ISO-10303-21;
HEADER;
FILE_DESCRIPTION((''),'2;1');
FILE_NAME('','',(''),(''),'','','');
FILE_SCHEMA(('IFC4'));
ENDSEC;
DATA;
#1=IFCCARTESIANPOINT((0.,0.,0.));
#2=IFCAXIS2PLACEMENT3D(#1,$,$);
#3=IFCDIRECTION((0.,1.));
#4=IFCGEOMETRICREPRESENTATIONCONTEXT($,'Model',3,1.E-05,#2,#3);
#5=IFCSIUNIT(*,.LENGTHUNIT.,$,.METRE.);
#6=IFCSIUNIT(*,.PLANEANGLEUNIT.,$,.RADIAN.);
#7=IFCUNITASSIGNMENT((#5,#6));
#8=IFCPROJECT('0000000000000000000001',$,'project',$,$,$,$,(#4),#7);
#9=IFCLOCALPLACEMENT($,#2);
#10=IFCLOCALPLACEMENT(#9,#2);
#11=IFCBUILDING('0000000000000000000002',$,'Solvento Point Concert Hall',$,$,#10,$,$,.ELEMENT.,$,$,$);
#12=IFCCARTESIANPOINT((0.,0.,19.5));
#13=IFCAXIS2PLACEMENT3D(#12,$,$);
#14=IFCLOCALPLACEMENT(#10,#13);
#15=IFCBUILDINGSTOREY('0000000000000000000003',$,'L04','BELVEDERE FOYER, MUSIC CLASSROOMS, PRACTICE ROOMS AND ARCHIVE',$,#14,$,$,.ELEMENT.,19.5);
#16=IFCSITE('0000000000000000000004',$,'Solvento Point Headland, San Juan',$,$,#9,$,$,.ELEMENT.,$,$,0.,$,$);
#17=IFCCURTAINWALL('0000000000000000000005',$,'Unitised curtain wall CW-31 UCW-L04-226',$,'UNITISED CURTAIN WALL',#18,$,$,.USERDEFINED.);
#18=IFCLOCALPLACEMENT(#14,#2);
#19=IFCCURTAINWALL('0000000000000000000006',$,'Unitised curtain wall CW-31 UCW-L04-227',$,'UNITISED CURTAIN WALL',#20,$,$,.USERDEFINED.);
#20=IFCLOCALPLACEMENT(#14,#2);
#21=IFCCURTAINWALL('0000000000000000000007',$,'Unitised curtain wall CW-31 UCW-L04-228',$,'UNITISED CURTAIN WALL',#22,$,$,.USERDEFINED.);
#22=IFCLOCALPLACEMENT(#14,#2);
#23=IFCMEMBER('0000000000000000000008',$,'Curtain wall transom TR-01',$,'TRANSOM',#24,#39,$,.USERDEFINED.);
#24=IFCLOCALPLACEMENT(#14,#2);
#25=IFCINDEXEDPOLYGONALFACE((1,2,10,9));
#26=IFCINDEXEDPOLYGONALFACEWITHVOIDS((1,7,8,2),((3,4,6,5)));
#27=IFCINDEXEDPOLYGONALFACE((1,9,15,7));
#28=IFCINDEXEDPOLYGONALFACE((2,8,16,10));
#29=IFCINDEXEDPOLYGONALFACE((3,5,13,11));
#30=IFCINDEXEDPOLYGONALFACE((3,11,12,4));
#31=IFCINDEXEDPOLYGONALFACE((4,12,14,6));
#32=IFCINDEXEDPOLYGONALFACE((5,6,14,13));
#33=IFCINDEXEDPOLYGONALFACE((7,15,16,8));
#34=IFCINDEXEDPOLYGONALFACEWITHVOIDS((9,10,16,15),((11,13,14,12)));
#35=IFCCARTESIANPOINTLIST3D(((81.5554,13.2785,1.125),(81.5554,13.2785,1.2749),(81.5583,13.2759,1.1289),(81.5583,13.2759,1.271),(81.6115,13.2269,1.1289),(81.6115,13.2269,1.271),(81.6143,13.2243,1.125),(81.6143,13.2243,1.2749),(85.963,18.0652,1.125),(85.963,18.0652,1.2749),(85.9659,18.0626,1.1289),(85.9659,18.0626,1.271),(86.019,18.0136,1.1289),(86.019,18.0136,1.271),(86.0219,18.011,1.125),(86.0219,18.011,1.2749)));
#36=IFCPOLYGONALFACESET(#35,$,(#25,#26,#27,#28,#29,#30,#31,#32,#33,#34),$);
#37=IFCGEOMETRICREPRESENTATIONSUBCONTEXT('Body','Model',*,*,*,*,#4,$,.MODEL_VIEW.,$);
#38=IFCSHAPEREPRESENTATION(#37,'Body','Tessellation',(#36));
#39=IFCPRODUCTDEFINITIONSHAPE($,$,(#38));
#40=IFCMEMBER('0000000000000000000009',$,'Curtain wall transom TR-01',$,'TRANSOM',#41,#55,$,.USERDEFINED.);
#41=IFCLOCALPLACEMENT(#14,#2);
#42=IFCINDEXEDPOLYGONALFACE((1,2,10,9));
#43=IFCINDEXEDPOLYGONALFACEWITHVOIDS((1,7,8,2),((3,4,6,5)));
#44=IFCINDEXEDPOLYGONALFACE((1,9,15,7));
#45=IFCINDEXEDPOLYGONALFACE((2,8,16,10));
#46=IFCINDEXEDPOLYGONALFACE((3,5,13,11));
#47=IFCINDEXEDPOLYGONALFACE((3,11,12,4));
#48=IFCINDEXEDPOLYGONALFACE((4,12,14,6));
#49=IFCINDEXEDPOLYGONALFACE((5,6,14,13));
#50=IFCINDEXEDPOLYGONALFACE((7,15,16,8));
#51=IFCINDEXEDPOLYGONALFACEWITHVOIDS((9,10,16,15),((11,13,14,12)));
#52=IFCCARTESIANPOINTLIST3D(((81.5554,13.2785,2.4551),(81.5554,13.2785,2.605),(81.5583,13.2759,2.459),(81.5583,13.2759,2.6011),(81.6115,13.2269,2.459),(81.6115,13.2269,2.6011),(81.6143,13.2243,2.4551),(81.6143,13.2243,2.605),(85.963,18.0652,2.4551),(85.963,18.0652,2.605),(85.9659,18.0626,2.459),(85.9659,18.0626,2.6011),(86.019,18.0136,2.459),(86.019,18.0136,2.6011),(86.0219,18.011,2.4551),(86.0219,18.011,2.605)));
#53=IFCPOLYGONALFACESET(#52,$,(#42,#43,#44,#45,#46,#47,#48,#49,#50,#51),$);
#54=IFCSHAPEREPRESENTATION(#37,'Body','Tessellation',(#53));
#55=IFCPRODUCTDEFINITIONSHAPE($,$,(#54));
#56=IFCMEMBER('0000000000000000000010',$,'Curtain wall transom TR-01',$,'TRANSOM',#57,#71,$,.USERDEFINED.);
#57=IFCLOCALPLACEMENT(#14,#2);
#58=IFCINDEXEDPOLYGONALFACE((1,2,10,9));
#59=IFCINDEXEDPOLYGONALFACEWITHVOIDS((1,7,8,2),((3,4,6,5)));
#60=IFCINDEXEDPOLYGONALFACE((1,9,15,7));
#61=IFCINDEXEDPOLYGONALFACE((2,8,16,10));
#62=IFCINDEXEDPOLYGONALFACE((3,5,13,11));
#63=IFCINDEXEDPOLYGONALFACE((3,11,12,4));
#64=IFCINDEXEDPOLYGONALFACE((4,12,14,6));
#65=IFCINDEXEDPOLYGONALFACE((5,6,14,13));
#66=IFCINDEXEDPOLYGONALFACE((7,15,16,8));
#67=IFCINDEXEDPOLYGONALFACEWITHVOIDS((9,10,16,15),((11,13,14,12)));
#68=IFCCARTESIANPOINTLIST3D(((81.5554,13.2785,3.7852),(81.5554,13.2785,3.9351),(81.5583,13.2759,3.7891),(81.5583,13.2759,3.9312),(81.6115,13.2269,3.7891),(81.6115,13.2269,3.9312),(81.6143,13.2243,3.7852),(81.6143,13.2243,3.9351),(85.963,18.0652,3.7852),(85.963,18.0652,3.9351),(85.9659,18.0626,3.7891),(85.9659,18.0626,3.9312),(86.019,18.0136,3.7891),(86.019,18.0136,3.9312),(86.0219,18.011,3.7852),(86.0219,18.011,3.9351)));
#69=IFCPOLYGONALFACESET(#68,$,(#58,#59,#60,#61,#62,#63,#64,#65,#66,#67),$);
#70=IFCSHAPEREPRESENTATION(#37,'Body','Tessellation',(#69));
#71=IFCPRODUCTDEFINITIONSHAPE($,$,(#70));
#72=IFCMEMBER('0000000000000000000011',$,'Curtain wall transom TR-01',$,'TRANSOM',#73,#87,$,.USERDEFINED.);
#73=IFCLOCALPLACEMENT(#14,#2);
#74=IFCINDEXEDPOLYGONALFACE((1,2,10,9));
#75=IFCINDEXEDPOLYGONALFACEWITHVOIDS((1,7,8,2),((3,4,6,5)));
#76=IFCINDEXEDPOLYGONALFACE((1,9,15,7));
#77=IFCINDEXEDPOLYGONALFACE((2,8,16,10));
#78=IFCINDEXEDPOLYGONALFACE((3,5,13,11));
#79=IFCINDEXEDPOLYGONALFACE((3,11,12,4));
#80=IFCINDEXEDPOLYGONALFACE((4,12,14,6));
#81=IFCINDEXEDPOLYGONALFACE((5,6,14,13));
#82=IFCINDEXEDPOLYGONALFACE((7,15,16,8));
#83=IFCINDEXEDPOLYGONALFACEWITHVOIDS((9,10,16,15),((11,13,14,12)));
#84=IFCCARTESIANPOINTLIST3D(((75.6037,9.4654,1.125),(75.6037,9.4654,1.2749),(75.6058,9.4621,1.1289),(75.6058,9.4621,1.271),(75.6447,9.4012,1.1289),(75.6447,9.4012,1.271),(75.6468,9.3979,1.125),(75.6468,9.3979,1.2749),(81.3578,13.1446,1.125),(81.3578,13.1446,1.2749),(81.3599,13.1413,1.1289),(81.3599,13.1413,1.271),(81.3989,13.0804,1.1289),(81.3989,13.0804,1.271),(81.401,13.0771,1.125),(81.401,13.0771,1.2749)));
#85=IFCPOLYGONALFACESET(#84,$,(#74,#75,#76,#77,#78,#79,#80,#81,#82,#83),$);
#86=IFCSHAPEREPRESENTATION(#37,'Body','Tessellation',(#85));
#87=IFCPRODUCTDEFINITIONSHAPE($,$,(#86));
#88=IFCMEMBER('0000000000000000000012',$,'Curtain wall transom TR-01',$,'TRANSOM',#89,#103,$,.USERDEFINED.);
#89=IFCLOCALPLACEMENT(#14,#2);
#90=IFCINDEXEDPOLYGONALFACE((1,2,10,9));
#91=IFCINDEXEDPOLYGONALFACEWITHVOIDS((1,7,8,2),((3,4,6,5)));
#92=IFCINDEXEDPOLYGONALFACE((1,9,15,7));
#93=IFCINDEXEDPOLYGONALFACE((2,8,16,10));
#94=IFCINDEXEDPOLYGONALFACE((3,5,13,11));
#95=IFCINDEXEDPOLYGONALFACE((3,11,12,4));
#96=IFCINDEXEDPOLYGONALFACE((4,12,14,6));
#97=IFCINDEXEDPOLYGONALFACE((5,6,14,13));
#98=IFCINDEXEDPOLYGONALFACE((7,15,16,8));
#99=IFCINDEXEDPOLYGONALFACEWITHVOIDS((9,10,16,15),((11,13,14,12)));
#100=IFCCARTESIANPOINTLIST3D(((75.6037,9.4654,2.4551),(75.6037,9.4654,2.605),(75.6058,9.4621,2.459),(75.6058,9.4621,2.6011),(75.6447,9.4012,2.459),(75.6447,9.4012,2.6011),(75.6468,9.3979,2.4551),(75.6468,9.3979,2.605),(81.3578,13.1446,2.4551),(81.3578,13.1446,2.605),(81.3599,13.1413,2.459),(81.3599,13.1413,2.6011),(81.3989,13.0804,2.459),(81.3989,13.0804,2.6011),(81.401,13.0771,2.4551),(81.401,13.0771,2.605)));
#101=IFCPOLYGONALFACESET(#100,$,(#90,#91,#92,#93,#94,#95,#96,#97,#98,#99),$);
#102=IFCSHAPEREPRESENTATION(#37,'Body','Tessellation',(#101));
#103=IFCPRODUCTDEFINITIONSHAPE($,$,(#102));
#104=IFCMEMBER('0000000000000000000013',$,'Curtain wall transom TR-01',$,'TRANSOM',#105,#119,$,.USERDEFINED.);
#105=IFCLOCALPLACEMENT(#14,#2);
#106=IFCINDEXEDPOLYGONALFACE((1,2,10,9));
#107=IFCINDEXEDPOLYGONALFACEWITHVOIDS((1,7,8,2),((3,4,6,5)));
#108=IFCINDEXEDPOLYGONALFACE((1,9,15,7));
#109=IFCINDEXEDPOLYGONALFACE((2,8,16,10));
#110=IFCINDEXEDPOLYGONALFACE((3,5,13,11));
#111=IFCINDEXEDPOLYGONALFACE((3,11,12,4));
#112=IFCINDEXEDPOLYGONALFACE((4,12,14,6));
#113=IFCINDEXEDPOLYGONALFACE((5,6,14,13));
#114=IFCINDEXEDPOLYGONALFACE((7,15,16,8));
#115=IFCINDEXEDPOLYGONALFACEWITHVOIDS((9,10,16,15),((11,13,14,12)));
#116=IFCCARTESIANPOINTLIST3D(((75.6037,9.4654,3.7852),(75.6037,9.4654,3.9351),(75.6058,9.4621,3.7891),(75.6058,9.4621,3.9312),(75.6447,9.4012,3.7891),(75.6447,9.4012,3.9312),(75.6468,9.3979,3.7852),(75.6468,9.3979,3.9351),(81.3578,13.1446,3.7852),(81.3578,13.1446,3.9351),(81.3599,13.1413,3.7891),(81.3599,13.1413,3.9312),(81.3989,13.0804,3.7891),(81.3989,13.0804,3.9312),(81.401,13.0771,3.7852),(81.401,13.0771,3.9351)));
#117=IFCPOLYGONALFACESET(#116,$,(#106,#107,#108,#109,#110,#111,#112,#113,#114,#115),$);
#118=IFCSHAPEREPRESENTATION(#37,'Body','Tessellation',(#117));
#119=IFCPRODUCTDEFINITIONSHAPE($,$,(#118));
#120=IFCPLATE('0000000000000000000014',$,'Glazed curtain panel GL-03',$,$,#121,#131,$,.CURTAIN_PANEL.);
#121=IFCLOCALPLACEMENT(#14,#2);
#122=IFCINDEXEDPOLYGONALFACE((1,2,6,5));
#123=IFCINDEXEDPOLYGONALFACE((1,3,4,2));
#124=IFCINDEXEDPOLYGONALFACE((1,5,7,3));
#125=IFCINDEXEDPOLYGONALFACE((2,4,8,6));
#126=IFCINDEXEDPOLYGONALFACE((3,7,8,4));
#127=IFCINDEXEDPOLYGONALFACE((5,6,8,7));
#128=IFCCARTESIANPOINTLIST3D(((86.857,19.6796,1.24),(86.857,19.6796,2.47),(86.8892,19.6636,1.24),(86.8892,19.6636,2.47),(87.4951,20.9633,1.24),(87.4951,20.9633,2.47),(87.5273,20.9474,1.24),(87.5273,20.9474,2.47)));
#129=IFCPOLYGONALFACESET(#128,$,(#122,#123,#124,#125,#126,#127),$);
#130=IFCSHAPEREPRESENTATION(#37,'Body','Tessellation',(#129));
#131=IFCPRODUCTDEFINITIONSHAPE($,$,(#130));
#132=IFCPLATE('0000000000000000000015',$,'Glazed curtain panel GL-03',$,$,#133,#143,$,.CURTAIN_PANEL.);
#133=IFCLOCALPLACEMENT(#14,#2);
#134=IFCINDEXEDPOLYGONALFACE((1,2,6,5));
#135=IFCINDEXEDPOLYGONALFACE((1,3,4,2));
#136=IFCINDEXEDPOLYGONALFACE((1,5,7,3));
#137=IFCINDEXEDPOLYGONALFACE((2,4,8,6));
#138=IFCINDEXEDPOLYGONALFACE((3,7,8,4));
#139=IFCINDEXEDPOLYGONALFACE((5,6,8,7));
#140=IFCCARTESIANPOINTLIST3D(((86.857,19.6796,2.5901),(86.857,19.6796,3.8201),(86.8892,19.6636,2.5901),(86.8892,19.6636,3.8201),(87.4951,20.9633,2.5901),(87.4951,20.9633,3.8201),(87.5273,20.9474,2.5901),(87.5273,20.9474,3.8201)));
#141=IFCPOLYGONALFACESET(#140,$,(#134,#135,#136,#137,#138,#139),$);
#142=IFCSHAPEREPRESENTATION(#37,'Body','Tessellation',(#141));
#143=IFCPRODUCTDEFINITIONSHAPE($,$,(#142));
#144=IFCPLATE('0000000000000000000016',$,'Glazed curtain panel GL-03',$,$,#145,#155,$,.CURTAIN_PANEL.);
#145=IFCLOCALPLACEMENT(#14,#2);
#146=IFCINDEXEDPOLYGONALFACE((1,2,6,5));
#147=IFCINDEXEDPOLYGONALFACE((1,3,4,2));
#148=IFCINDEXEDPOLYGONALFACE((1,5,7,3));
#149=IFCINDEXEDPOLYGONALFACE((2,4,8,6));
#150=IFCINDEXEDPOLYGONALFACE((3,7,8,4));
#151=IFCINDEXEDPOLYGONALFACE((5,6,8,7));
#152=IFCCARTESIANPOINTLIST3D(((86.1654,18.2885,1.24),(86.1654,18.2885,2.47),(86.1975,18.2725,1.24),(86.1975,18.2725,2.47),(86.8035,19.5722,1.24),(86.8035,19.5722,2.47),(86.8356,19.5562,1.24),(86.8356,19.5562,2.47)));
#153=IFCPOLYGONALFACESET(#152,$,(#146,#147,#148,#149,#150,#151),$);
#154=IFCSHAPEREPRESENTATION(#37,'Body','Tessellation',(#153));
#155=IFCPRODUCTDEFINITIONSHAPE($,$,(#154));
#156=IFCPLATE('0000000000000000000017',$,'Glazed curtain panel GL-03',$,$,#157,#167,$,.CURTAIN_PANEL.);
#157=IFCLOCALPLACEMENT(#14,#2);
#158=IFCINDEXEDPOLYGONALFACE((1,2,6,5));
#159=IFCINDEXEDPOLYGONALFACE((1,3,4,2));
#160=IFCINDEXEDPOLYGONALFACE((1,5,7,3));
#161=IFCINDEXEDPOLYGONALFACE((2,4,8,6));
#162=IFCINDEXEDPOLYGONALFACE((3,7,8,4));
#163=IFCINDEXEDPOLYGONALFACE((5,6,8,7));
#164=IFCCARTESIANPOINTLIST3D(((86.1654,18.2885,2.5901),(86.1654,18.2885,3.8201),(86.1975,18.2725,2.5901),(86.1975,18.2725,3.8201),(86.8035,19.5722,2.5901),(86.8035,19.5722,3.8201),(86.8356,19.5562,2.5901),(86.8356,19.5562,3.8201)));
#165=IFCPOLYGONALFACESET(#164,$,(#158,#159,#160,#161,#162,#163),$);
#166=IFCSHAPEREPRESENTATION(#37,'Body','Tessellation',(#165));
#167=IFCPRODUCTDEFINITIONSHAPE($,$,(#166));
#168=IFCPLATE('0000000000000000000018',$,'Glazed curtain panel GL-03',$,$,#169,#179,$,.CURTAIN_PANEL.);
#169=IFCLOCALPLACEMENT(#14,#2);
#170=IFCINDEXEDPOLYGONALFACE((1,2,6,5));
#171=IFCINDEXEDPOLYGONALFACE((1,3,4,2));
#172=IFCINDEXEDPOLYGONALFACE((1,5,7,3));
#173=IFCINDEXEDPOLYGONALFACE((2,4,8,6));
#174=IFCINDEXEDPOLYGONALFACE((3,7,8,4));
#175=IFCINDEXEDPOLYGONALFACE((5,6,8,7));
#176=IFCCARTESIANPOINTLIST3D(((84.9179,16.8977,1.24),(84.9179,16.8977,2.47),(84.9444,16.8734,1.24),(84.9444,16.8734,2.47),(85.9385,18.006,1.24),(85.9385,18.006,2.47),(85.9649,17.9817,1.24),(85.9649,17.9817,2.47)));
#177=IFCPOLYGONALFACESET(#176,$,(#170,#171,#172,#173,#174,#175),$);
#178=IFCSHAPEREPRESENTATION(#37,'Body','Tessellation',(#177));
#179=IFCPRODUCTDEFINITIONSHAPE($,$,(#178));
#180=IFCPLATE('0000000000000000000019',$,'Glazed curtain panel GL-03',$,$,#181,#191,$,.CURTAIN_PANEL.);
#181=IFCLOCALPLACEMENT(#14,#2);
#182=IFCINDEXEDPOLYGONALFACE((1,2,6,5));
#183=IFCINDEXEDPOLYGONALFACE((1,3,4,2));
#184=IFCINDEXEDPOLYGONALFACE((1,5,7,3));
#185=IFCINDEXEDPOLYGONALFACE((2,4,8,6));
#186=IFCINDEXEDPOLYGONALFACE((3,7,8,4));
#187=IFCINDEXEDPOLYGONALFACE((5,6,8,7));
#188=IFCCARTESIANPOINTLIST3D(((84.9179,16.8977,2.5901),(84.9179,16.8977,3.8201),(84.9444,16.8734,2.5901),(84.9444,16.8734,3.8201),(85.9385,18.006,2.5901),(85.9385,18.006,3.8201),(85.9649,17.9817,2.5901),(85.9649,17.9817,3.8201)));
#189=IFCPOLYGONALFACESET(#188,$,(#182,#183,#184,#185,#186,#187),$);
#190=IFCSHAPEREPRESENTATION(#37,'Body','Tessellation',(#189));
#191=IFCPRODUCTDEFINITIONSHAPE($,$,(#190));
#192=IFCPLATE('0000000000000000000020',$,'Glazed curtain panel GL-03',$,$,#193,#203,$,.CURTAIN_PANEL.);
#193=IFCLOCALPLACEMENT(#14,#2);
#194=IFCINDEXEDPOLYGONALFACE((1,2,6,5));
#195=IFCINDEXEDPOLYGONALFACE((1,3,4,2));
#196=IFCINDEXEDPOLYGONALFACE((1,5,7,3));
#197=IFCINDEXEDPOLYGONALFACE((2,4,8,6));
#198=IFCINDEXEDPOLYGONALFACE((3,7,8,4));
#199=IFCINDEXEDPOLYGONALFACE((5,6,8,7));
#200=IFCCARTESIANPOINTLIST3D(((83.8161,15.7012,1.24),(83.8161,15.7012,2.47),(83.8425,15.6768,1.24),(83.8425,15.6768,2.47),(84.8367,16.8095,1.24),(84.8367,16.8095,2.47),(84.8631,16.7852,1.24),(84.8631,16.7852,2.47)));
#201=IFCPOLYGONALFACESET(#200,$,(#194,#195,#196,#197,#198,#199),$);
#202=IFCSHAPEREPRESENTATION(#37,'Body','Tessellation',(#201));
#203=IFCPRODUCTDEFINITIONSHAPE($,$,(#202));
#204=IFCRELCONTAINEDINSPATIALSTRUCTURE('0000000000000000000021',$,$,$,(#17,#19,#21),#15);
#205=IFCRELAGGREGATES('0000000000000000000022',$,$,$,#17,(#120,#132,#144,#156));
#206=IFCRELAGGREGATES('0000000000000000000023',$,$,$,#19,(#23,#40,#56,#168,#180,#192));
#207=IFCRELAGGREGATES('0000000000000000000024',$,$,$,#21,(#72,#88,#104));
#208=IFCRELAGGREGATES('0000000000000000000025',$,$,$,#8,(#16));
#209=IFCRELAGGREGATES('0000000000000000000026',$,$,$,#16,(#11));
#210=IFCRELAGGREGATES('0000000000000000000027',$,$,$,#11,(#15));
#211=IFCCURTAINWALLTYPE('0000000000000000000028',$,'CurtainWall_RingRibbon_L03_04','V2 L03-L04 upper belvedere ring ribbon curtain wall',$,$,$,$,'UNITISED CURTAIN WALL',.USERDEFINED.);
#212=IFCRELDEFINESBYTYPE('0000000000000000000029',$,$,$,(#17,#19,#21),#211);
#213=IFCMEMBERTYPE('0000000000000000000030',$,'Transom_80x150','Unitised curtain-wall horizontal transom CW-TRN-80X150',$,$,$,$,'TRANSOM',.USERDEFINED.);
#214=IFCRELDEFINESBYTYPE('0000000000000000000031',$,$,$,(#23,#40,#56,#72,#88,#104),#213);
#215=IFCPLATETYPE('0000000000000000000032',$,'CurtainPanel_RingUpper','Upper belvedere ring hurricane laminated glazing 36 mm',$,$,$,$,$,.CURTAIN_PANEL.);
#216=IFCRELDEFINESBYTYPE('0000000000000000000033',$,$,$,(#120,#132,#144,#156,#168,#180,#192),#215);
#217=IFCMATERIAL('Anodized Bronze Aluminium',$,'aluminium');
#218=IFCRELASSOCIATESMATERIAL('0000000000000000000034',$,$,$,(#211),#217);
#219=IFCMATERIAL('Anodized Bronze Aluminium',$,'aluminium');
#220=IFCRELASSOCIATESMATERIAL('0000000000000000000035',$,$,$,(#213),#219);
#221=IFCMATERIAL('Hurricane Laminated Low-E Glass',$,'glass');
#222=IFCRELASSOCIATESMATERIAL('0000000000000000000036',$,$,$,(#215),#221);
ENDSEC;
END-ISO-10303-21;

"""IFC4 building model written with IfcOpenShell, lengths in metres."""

from ifc_helpers import new_model, si_unit, direction, frame, origin, origin_2d, place, context, subcontext, project, spatial, rectangle, hollow_rectangle, extrude, material, material_profile, profile_set, type_object, element, aggregate, save


model = new_model("IFC4")

# Units and contexts
model_context = context("Model", 3, precision=1e-05, world=origin(), true_north=direction((0.0, 1.0)))
body_context = subcontext(model_context, "Body", "Model", "MODEL_VIEW")
ifc_project = project(units=[si_unit("LENGTHUNIT", "METRE"), si_unit("PLANEANGLEUNIT", "RADIAN")], contexts=[model_context])

# Site, building, storey
site_placement = place(None, origin())
site = spatial("IfcSite", under=ifc_project, at=site_placement, Name="Solvento Point Headland, San Juan", CompositionType="ELEMENT", RefElevation=0.0)
building_placement = place(site_placement, origin())
building = spatial("IfcBuilding", under=site, at=building_placement, Name="Solvento Point Concert Hall", CompositionType="ELEMENT")
storey_placement = place(building_placement, frame((0.0, 0.0, 19.5)))
storey = spatial("IfcBuildingStorey", under=building, at=storey_placement, Name="L04", Description="BELVEDERE FOYER, MUSIC CLASSROOMS, PRACTICE ROOMS AND ARCHIVE", CompositionType="ELEMENT", Elevation=19.5)

# Curtain walls
ifc_material_1 = material(Name="Anodized Bronze Aluminium", Category="aluminium")
curtain_wall_type = type_object("IfcCurtainWallType", Name="CurtainWall_RingRibbon_L03_04", Description="V2 L03-L04 upper belvedere ring ribbon curtain wall", ElementType="UNITISED CURTAIN WALL", PredefinedType="USERDEFINED", material=ifc_material_1)
curtain_wall_1_placement = place(storey_placement, origin())
curtain_wall_1 = element("IfcCurtainWall", 1, at=curtain_wall_1_placement, inside=storey, type_object=curtain_wall_type, Name="Unitised curtain wall CW-31 UCW-L04-226", ObjectType="UNITISED CURTAIN WALL", PredefinedType="USERDEFINED")
curtain_wall_2_placement = place(storey_placement, origin())
curtain_wall_2 = element("IfcCurtainWall", 2, at=curtain_wall_2_placement, inside=storey, type_object=curtain_wall_type, Name="Unitised curtain wall CW-31 UCW-L04-227", ObjectType="UNITISED CURTAIN WALL", PredefinedType="USERDEFINED")
curtain_wall_3_placement = place(storey_placement, origin())
curtain_wall_3 = element("IfcCurtainWall", 3, at=curtain_wall_3_placement, inside=storey, type_object=curtain_wall_type, Name="Unitised curtain wall CW-31 UCW-L04-228", ObjectType="UNITISED CURTAIN WALL", PredefinedType="USERDEFINED")

# Members
ifc_material_2 = material(Name="Anodized Bronze Aluminium", Category="aluminium")
ifc_material_profile_1 = material_profile(ifc_material_2, hollow_rectangle(XDim=0.0801, YDim=0.1499, WallThickness=0.0039, at=origin_2d()), Name="CW-TRN-80X150")
ifc_profile_set_1 = profile_set([ifc_material_profile_1], Name="Anodized Bronze Aluminium")
member_type_1 = type_object("IfcMemberType", Name="Transom_80x150", Description="Unitised curtain-wall horizontal transom CW-TRN-80X150", ElementType="TRANSOM", PredefinedType="USERDEFINED", material=ifc_profile_set_1)
member_1_placement = place(storey_placement, frame((85.9924, 18.0381, 1.2), z_axis=(-0.677371, -0.735642, 0.0), x_axis=(0.735642, -0.677371, 0.0)))
member_1 = element("IfcMember", 4, at=member_1_placement, type_object=member_type_1, Name="Curtain wall transom TR-01", ObjectType="TRANSOM", PredefinedType="USERDEFINED", context=body_context, shape_type="SweptSolid", body=[
    extrude(hollow_rectangle(XDim=0.0801, YDim=0.1499, WallThickness=0.0039, at=origin_2d()), origin(), (0.0, 0.0, 1.0), 6.5068),
])
member_2_placement = place(storey_placement, frame((85.9924, 18.0381, 2.53), z_axis=(-0.677371, -0.735642, 0.0), x_axis=(0.735642, -0.677371, 0.0)))
member_2 = element("IfcMember", 5, at=member_2_placement, type_object=member_type_1, Name="Curtain wall transom TR-01", ObjectType="TRANSOM", PredefinedType="USERDEFINED", context=body_context, shape_type="SweptSolid", body=[
    extrude(hollow_rectangle(XDim=0.0801, YDim=0.1499, WallThickness=0.0039, at=origin_2d()), origin(), (0.0, 0.0, 1.0), 6.5068),
])
member_3_placement = place(storey_placement, frame((85.9924, 18.0381, 3.8601), z_axis=(-0.677371, -0.735642, 0.0), x_axis=(0.735642, -0.677371, 0.0)))
member_3 = element("IfcMember", 6, at=member_3_placement, type_object=member_type_1, Name="Curtain wall transom TR-01", ObjectType="TRANSOM", PredefinedType="USERDEFINED", context=body_context, shape_type="SweptSolid", body=[
    extrude(hollow_rectangle(XDim=0.0801, YDim=0.1499, WallThickness=0.0039, at=origin_2d()), origin(), (0.0, 0.0, 1.0), 6.5068),
])
member_4_placement = place(storey_placement, frame((81.3794, 13.1108, 1.2), z_axis=(-0.842501, -0.538695, 0.0), x_axis=(0.538695, -0.842501, 0.0)))
member_4 = element("IfcMember", 7, at=member_4_placement, type_object=member_type_1, Name="Curtain wall transom TR-01", ObjectType="TRANSOM", PredefinedType="USERDEFINED", context=body_context, shape_type="SweptSolid", body=[
    extrude(hollow_rectangle(XDim=0.0801, YDim=0.1499, WallThickness=0.0039, at=origin_2d()), origin(), (0.0, 0.0, 1.0), 6.8298),
])
member_5_placement = place(storey_placement, frame((81.3794, 13.1108, 2.53), z_axis=(-0.842501, -0.538695, 0.0), x_axis=(0.538695, -0.842501, 0.0)))
member_5 = element("IfcMember", 8, at=member_5_placement, type_object=member_type_1, Name="Curtain wall transom TR-01", ObjectType="TRANSOM", PredefinedType="USERDEFINED", context=body_context, shape_type="SweptSolid", body=[
    extrude(hollow_rectangle(XDim=0.0801, YDim=0.1499, WallThickness=0.0039, at=origin_2d()), origin(), (0.0, 0.0, 1.0), 6.8298),
])
member_6_placement = place(storey_placement, frame((81.3794, 13.1108, 3.8601), z_axis=(-0.842501, -0.538695, 0.0), x_axis=(0.538695, -0.842501, 0.0)))
member_6 = element("IfcMember", 9, at=member_6_placement, type_object=member_type_1, Name="Curtain wall transom TR-01", ObjectType="TRANSOM", PredefinedType="USERDEFINED", context=body_context, shape_type="SweptSolid", body=[
    extrude(hollow_rectangle(XDim=0.0801, YDim=0.1499, WallThickness=0.0039, at=origin_2d()), origin(), (0.0, 0.0, 1.0), 6.8298),
])

# Plates
ifc_material_3 = material(Name="Hurricane Laminated Low-E Glass", Category="glass")
plate_type = type_object("IfcPlateType", Name="CurtainPanel_RingUpper", Description="Upper belvedere ring hurricane laminated glazing 36 mm", PredefinedType="CURTAIN_PANEL", material=ifc_material_3)
plate_1_placement = place(storey_placement, frame((87.1921, 20.3135, 1.24), z_axis=(0.0, 0.0, 1.0), x_axis=(-0.445115, -0.895473, 0.0)))
plate_1 = element("IfcPlate", 10, at=plate_1_placement, type_object=plate_type, Name="Glazed curtain panel GL-03", PredefinedType="CURTAIN_PANEL", context=body_context, shape_type="SweptSolid", body=[
    extrude(rectangle(XDim=1.4336, YDim=0.0359, at=origin_2d()), origin(), (0.0, 0.0, 1.0), 1.23),
])
plate_2_placement = place(storey_placement, frame((87.1921, 20.3135, 2.5901), z_axis=(0.0, 0.0, 1.0), x_axis=(-0.445115, -0.895473, 0.0)))
plate_2 = element("IfcPlate", 11, at=plate_2_placement, type_object=plate_type, Name="Glazed curtain panel GL-03", PredefinedType="CURTAIN_PANEL", context=body_context, shape_type="SweptSolid", body=[
    extrude(rectangle(XDim=1.4336, YDim=0.0359, at=origin_2d()), origin(), (0.0, 0.0, 1.0), 1.23),
])
plate_3_placement = place(storey_placement, frame((86.5005, 18.9224, 1.24), z_axis=(0.0, 0.0, 1.0), x_axis=(-0.445115, -0.895473, 0.0)))
plate_3 = element("IfcPlate", 12, at=plate_3_placement, type_object=plate_type, Name="Glazed curtain panel GL-03", PredefinedType="CURTAIN_PANEL", context=body_context, shape_type="SweptSolid", body=[
    extrude(rectangle(XDim=1.4336, YDim=0.0359, at=origin_2d()), origin(), (0.0, 0.0, 1.0), 1.23),
])
plate_4_placement = place(storey_placement, frame((86.5005, 18.9224, 2.5901), z_axis=(0.0, 0.0, 1.0), x_axis=(-0.445115, -0.895473, 0.0)))
plate_4 = element("IfcPlate", 13, at=plate_4_placement, type_object=plate_type, Name="Glazed curtain panel GL-03", PredefinedType="CURTAIN_PANEL", context=body_context, shape_type="SweptSolid", body=[
    extrude(rectangle(XDim=1.4336, YDim=0.0359, at=origin_2d()), origin(), (0.0, 0.0, 1.0), 1.23),
])
aggregate(curtain_wall_1, [plate_1, plate_2, plate_3, plate_4])
plate_5_placement = place(storey_placement, frame((85.4414, 17.4397, 1.24), z_axis=(0.0, 0.0, 1.0), x_axis=(-0.677365, -0.735647, 0.0)))
plate_5 = element("IfcPlate", 14, at=plate_5_placement, type_object=plate_type, Name="Glazed curtain panel GL-03", PredefinedType="CURTAIN_PANEL", context=body_context, shape_type="SweptSolid", body=[
    extrude(rectangle(XDim=1.5066, YDim=0.0359, at=origin_2d()), origin(), (0.0, 0.0, 1.0), 1.23),
])
plate_6_placement = place(storey_placement, frame((85.4414, 17.4397, 2.5901), z_axis=(0.0, 0.0, 1.0), x_axis=(-0.677365, -0.735647, 0.0)))
plate_6 = element("IfcPlate", 15, at=plate_6_placement, type_object=plate_type, Name="Glazed curtain panel GL-03", PredefinedType="CURTAIN_PANEL", context=body_context, shape_type="SweptSolid", body=[
    extrude(rectangle(XDim=1.5066, YDim=0.0359, at=origin_2d()), origin(), (0.0, 0.0, 1.0), 1.23),
])
plate_7_placement = place(storey_placement, frame((84.3396, 16.2432, 1.24), z_axis=(0.0, 0.0, 1.0), x_axis=(-0.677365, -0.735647, 0.0)))
plate_7 = element("IfcPlate", 16, at=plate_7_placement, type_object=plate_type, Name="Glazed curtain panel GL-03", PredefinedType="CURTAIN_PANEL", context=body_context, shape_type="SweptSolid", body=[
    extrude(rectangle(XDim=1.5066, YDim=0.0359, at=origin_2d()), origin(), (0.0, 0.0, 1.0), 1.23),
])
aggregate(curtain_wall_2, [member_1, member_2, member_3, plate_5, plate_6, plate_7])
aggregate(curtain_wall_3, [member_4, member_5, member_6])

save(model, "model.ifc")
